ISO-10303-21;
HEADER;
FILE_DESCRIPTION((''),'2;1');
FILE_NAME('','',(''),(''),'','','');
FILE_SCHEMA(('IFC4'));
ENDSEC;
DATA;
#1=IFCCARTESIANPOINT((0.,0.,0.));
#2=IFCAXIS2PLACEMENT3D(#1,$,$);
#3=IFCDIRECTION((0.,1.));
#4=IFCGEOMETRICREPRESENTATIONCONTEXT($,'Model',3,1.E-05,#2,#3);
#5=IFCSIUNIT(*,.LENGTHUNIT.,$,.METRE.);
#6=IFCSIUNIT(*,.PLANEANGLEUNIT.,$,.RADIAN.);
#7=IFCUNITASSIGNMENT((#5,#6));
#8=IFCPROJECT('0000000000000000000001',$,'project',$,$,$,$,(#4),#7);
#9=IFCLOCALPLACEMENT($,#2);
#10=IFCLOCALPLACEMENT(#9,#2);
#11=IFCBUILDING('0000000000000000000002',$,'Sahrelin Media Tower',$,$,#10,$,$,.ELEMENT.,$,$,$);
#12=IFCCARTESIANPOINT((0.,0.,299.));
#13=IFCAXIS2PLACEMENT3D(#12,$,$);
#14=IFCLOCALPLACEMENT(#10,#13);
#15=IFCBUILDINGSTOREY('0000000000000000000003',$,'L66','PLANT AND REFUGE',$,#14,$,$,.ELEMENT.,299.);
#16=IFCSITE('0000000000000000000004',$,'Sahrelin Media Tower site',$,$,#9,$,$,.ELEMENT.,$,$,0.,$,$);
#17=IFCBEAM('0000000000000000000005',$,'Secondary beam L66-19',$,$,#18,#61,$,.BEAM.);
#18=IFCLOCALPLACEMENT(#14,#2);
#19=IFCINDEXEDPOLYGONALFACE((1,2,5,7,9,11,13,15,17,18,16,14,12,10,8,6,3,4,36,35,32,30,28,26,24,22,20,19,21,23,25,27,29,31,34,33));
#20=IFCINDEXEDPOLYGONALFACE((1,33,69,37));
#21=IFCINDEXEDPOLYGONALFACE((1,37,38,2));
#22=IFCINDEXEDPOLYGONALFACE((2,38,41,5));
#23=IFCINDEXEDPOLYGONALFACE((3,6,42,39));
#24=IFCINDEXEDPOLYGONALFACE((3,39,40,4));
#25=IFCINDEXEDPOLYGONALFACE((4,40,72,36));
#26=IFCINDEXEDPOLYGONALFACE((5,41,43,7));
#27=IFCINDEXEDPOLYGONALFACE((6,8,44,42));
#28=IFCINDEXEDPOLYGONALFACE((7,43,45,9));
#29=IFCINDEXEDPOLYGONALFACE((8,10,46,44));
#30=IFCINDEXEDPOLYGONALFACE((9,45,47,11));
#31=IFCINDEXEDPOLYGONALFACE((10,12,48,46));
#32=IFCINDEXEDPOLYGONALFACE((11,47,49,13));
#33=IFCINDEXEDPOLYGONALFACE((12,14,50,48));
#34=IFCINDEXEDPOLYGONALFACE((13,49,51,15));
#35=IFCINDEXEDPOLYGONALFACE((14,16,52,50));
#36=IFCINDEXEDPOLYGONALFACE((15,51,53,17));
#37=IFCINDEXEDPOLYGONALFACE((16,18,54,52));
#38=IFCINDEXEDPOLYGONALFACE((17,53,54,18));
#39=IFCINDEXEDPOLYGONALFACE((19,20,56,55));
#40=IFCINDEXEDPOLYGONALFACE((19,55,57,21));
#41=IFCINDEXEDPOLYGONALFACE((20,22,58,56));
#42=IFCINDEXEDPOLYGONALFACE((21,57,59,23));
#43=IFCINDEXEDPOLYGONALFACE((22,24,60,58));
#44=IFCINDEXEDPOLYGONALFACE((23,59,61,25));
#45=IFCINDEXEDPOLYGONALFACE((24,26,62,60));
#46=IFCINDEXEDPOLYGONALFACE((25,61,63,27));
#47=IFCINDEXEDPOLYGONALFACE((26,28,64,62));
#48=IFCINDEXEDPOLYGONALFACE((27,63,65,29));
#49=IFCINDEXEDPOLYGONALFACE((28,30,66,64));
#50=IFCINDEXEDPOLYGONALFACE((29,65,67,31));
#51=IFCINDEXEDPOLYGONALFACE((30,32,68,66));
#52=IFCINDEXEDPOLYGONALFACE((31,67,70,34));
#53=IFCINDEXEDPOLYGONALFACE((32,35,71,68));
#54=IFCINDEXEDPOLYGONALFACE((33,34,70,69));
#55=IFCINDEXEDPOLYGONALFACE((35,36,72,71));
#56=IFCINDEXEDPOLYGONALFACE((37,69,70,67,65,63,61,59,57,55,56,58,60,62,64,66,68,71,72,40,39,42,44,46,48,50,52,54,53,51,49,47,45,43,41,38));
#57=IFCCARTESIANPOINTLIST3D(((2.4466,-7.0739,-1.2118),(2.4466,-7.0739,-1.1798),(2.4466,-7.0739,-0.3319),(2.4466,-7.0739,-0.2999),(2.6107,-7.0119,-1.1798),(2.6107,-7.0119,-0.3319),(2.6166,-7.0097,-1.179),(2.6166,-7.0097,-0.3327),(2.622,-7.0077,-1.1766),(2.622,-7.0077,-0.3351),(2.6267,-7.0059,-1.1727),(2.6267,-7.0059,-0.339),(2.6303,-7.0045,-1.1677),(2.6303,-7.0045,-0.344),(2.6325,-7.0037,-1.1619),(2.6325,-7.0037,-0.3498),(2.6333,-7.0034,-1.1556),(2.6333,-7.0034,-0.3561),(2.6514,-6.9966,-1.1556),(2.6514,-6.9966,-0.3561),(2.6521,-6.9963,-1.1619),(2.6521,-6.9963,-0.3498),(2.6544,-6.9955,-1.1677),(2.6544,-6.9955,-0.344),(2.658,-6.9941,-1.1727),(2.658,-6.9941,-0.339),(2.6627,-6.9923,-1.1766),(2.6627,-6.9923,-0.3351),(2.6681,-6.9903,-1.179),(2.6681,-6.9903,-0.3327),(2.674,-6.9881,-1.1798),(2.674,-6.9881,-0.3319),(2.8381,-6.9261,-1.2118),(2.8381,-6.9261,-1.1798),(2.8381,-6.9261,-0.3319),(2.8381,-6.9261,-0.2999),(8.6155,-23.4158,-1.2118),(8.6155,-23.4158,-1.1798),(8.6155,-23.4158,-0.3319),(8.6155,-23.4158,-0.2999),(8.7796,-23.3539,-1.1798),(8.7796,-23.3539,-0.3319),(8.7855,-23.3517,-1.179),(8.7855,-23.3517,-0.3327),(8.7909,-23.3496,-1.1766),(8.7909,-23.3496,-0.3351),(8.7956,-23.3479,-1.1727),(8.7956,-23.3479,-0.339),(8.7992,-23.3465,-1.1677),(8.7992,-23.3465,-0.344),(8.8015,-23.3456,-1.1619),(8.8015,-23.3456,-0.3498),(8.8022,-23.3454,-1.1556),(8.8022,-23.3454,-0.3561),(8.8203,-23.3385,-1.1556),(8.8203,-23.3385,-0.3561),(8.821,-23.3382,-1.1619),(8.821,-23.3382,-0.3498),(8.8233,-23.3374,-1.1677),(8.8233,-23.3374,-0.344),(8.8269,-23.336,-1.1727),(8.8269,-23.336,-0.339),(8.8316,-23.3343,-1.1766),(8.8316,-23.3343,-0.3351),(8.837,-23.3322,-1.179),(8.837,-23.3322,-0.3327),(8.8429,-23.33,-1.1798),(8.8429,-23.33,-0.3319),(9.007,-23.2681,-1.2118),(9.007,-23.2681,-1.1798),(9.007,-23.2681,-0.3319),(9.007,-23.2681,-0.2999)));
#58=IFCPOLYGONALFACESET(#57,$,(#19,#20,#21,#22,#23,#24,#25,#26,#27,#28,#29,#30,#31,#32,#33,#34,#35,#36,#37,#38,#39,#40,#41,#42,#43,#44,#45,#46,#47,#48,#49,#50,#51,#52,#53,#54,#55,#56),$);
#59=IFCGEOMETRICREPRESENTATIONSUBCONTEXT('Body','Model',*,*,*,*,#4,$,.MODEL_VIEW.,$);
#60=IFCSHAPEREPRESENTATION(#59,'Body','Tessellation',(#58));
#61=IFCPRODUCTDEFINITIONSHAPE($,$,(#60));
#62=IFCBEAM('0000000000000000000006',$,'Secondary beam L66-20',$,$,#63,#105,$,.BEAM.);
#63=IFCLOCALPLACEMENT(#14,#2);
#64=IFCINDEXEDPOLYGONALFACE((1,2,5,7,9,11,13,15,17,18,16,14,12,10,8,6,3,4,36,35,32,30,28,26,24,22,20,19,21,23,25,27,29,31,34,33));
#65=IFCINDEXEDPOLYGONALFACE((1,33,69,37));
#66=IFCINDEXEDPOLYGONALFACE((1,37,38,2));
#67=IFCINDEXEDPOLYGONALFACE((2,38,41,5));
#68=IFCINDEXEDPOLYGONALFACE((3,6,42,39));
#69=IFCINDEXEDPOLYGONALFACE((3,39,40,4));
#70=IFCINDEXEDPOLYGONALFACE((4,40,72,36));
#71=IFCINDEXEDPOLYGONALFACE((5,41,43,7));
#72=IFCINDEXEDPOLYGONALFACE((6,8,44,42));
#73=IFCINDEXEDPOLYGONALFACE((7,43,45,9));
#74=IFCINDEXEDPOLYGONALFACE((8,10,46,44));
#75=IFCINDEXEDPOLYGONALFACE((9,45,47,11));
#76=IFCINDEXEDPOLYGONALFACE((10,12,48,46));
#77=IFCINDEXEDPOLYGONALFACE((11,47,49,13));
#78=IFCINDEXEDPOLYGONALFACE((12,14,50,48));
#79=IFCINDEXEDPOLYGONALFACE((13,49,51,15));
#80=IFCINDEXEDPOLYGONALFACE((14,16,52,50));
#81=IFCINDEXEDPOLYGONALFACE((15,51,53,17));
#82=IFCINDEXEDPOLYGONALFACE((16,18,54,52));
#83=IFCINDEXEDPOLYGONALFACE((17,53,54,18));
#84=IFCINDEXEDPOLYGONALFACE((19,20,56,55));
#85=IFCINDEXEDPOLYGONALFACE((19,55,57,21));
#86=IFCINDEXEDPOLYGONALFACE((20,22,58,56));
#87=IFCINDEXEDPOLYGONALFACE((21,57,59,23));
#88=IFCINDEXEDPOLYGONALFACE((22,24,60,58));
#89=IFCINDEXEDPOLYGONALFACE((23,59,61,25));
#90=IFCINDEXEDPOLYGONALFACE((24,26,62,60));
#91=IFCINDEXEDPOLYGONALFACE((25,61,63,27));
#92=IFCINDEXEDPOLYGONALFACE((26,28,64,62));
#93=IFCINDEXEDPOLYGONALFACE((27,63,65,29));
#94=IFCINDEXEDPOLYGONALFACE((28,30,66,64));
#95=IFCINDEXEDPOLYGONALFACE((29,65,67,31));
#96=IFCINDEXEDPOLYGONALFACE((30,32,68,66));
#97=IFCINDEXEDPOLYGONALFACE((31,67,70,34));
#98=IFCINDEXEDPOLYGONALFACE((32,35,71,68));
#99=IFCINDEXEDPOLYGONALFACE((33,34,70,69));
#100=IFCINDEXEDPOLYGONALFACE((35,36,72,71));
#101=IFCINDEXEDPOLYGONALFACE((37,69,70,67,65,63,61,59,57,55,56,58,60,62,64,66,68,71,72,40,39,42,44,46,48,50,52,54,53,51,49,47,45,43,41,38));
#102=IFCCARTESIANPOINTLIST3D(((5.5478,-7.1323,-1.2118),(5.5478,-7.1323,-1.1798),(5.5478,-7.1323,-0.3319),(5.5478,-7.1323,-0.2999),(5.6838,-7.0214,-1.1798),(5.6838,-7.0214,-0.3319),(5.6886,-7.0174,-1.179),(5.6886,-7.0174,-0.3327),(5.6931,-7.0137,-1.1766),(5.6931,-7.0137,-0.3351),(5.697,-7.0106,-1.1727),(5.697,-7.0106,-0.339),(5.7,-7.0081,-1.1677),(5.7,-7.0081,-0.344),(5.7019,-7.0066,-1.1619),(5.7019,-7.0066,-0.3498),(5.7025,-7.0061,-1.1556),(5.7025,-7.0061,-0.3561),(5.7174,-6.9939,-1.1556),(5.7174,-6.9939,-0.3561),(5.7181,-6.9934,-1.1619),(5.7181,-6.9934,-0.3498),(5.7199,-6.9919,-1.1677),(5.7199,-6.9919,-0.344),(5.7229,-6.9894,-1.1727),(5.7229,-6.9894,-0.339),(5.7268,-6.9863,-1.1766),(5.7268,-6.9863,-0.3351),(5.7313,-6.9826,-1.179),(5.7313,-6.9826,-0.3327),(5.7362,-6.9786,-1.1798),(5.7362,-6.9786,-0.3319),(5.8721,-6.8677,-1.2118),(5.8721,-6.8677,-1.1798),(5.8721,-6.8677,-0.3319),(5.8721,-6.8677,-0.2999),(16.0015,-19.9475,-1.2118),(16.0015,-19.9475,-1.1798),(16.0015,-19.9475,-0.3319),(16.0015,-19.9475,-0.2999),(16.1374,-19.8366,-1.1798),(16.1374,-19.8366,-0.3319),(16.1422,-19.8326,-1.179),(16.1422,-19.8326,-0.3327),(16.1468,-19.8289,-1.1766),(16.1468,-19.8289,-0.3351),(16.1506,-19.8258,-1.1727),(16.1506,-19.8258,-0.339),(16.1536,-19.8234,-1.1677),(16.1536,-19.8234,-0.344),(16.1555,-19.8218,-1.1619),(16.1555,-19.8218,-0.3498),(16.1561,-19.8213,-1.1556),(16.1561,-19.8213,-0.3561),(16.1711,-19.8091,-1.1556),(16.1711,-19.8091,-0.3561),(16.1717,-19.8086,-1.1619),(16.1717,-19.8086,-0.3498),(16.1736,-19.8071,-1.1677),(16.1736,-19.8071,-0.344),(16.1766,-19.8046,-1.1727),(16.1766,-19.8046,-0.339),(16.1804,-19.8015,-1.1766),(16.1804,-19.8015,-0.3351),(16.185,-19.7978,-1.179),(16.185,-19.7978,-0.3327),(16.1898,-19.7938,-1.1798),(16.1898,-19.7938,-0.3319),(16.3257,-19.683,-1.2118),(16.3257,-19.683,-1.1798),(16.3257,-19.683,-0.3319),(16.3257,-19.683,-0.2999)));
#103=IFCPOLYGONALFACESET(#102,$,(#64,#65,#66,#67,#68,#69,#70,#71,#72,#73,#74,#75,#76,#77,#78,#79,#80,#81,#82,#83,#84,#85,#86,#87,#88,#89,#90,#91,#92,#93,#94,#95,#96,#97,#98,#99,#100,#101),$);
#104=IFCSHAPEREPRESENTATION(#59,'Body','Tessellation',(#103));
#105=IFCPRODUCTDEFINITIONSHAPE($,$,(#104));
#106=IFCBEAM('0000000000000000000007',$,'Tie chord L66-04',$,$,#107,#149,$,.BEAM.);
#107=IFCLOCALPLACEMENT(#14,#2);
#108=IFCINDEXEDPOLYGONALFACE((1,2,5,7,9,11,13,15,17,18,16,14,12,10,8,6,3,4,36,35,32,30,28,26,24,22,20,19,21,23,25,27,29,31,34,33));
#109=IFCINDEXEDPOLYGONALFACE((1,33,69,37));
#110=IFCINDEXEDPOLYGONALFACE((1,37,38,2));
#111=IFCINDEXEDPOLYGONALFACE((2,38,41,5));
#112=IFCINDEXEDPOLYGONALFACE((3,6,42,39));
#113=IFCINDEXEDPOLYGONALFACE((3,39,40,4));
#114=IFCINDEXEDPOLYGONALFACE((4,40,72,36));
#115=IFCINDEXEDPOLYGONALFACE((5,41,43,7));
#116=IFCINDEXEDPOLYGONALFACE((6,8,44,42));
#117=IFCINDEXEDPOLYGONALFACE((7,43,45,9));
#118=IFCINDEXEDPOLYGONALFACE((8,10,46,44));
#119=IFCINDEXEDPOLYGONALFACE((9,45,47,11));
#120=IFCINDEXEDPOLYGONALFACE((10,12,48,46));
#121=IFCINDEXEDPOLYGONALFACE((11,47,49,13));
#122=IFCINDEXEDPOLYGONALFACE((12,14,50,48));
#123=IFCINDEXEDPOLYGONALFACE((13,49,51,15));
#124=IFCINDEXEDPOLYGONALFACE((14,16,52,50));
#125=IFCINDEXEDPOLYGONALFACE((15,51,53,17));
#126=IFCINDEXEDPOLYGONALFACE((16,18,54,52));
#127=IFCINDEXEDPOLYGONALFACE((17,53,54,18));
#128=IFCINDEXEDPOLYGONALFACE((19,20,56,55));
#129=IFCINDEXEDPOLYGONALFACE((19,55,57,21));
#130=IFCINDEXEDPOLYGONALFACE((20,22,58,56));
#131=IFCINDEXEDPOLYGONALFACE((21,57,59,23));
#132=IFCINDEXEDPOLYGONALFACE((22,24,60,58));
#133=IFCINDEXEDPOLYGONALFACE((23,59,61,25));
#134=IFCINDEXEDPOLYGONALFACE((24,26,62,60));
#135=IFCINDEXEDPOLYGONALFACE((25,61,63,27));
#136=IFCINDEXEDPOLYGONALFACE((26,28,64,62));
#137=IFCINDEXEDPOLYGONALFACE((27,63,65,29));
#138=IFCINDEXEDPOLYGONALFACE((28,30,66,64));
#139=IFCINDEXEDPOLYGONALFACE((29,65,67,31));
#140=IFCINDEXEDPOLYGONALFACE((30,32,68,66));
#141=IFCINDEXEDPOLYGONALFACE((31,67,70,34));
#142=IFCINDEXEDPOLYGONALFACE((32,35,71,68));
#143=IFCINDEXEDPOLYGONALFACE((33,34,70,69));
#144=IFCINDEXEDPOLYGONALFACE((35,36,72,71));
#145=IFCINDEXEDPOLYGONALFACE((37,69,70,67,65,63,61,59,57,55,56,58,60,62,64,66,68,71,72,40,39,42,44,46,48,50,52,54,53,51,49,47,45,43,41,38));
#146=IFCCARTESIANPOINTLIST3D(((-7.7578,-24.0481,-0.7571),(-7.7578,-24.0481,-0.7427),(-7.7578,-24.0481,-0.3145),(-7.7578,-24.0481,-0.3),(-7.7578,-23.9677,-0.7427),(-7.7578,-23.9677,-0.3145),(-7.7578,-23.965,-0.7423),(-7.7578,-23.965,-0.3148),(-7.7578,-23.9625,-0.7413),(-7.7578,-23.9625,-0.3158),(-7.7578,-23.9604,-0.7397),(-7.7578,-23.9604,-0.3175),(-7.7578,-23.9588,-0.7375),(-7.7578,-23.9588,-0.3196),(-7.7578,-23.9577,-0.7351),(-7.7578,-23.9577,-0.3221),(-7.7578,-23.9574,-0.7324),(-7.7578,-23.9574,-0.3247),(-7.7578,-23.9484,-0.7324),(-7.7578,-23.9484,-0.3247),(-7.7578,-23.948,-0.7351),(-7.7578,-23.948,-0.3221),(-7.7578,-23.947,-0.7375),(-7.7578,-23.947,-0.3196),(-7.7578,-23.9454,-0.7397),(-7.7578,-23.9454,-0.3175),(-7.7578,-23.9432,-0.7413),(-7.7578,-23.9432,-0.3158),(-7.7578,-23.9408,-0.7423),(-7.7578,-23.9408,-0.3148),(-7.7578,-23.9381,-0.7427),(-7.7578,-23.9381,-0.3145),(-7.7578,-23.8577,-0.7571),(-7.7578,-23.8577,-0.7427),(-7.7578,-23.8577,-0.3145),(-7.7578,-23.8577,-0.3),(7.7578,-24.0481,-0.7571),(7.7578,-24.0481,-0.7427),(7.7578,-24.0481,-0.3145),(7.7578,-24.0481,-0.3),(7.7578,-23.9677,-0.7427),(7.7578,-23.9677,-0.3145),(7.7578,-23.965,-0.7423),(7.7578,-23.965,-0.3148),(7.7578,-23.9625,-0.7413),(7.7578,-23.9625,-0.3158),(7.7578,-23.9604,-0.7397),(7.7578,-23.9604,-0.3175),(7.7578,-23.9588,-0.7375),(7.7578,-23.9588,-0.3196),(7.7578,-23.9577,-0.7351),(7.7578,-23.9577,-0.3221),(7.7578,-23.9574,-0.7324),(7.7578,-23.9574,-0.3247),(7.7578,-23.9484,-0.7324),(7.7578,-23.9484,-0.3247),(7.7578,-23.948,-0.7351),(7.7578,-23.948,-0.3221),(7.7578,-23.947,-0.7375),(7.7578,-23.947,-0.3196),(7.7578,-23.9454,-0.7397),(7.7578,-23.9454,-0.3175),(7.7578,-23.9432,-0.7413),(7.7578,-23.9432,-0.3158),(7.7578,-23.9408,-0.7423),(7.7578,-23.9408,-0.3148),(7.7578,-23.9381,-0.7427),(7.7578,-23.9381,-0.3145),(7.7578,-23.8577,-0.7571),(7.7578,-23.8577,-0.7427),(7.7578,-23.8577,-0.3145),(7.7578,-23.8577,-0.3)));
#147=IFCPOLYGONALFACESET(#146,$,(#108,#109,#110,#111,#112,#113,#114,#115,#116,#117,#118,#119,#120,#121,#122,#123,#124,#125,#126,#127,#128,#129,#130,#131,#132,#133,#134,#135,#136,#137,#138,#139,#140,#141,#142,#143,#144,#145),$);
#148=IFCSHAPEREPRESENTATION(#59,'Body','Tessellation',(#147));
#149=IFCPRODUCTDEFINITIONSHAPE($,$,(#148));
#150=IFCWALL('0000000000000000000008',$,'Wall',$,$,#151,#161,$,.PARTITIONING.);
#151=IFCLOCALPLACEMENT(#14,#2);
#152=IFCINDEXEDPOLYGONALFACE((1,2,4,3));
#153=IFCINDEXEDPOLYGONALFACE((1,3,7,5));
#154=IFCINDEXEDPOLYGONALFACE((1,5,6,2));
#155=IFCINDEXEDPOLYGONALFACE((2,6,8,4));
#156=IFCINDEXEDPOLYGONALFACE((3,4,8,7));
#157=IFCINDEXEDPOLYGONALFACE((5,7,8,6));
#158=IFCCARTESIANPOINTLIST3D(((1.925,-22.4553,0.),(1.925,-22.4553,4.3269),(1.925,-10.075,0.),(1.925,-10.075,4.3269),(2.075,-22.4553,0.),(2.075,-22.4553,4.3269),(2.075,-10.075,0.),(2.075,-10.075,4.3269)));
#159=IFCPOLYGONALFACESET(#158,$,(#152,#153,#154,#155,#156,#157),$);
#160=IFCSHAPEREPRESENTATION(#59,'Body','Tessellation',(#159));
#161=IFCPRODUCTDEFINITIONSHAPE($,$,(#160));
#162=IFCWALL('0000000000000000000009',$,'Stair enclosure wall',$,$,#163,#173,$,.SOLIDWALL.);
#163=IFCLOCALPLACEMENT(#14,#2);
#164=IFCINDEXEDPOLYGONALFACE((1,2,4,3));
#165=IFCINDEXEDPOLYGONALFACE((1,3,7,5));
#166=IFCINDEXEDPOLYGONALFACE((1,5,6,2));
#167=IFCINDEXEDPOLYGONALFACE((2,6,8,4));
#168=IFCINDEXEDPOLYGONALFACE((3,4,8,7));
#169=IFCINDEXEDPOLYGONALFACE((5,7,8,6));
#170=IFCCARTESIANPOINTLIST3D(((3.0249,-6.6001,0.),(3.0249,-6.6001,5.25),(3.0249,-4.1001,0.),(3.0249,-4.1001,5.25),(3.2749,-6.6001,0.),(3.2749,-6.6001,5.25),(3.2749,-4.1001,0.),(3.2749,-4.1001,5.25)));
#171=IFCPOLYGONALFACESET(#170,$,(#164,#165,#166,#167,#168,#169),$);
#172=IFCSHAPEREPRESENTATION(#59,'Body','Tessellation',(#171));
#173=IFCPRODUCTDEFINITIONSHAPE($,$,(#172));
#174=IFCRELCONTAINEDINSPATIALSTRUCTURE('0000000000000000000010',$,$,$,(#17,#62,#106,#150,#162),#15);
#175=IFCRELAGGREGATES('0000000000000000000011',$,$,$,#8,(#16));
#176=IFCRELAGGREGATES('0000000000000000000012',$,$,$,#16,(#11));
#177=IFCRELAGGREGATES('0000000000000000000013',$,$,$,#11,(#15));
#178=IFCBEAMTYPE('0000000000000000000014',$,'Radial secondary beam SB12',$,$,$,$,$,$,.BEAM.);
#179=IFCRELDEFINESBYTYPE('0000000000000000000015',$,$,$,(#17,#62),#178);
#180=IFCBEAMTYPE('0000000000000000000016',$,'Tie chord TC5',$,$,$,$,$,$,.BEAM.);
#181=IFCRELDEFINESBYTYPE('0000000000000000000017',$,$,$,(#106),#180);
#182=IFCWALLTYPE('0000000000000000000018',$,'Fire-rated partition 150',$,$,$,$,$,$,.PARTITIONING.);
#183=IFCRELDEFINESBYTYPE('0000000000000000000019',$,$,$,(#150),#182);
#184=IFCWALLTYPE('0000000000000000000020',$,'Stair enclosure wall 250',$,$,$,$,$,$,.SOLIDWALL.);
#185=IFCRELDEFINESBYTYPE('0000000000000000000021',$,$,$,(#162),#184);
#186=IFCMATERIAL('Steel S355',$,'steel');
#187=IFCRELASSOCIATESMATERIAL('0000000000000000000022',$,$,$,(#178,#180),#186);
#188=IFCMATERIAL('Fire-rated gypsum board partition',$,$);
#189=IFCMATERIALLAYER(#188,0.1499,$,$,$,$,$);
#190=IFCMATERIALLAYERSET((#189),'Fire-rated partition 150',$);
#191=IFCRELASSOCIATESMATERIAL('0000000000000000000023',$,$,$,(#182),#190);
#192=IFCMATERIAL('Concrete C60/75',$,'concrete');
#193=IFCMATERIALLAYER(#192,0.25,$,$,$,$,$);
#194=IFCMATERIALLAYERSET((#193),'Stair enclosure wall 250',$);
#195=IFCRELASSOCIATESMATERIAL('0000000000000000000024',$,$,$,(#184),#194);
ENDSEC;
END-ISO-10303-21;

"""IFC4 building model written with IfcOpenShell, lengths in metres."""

from ifc_helpers import new_model, si_unit, direction, frame, frame_2d, origin, origin_2d, place, context, subcontext, project, spatial, rectangle, i_section, extrude, material, layer, layer_set, material_profile, profile_set, type_object, element, save


model = new_model("IFC4")

# Units and contexts
model_context = context("Model", 3, precision=1e-05, world=origin(), true_north=direction((0.0, 1.0)))
body_context = subcontext(model_context, "Body", "Model", "MODEL_VIEW")
ifc_project = project(units=[si_unit("LENGTHUNIT", "METRE"), si_unit("PLANEANGLEUNIT", "RADIAN")], contexts=[model_context])

# Site, building, storey
site_placement = place(None, origin())
site = spatial("IfcSite", under=ifc_project, at=site_placement, Name="Sahrelin Media Tower site", CompositionType="ELEMENT", RefElevation=0.0)
building_placement = place(site_placement, origin())
building = spatial("IfcBuilding", under=site, at=building_placement, Name="Sahrelin Media Tower", CompositionType="ELEMENT")
storey_placement = place(building_placement, frame((0.0, 0.0, 299.0)))
storey = spatial("IfcBuildingStorey", under=building, at=storey_placement, Name="L66", Description="PLANT AND REFUGE", CompositionType="ELEMENT", Elevation=299.0)

# Beams
ifc_material_1 = material(Name="Steel S355", Category="steel")
ifc_material_profile_1 = material_profile(ifc_material_1, i_section(OverallWidth=0.4185, OverallDepth=0.9119, WebThickness=0.0193, FlangeThickness=0.032, FilletRadius=0.0242, at=origin_2d()), Name="UB 914x419x343")
ifc_profile_set_1 = profile_set([ifc_material_profile_1], Name="Steel S355")
beam_type_1 = type_object("IfcBeamType", Name="Radial secondary beam SB12", PredefinedType="BEAM", material=ifc_profile_set_1)
beam_1_placement = place(storey_placement, frame((2.6423, -7.0, -0.7559), z_axis=(0.353164, -0.935561, 0.0), x_axis=(0.935561, 0.353164, 0.0)))
element("IfcBeam", 1, at=beam_1_placement, inside=storey, type_object=beam_type_1, Name="Secondary beam L66-19", PredefinedType="BEAM", context=body_context, shape_type="SweptSolid", body=[
    extrude(i_section(OverallWidth=0.4185, OverallDepth=0.9119, WebThickness=0.0193, FlangeThickness=0.032, FilletRadius=0.0242, at=origin_2d()), origin(), (0.0, 0.0, 1.0), 17.4675),
])
beam_2_placement = place(storey_placement, frame((5.71, -7.0, -0.7559), z_axis=(0.632095, -0.774891, 0.0), x_axis=(0.774891, 0.632095, 0.0)))
element("IfcBeam", 2, at=beam_2_placement, inside=storey, type_object=beam_type_1, Name="Secondary beam L66-20", PredefinedType="BEAM", context=body_context, shape_type="SweptSolid", body=[
    extrude(i_section(OverallWidth=0.4185, OverallDepth=0.9119, WebThickness=0.0193, FlangeThickness=0.032, FilletRadius=0.0242, at=origin_2d()), origin(), (0.0, 0.0, 1.0), 16.5381),
])
ifc_material_profile_2 = material_profile(ifc_material_1, i_section(OverallWidth=0.1904, OverallDepth=0.457, WebThickness=0.009, FlangeThickness=0.0144, FilletRadius=0.0103, at=origin_2d()), Name="UB 457x191x74")
ifc_profile_set_2 = profile_set([ifc_material_profile_2], Name="Steel S355")
beam_type_2 = type_object("IfcBeamType", Name="Tie chord TC5", PredefinedType="BEAM", material=ifc_profile_set_2)
beam_3_placement = place(storey_placement, frame((7.7578, -23.9529, -0.5286), z_axis=(-1.0, 0.0, 0.0), x_axis=(0.0, -1.0, 0.0)))
element("IfcBeam", 3, at=beam_3_placement, inside=storey, type_object=beam_type_2, Name="Tie chord L66-04", PredefinedType="BEAM", context=body_context, shape_type="SweptSolid", body=[
    extrude(i_section(OverallWidth=0.1904, OverallDepth=0.457, WebThickness=0.009, FlangeThickness=0.0144, FilletRadius=0.0103, at=origin_2d()), origin(), (0.0, 0.0, 1.0), 15.5156),
])

# Walls
ifc_material_2 = material(Name="Fire-rated gypsum board partition")
ifc_layer_1 = layer(ifc_material_2, 0.1499)
ifc_layer_set_1 = layer_set([ifc_layer_1], Name="Fire-rated partition 150")
wall_type_1 = type_object("IfcWallType", Name="Fire-rated partition 150", PredefinedType="PARTITIONING", material=ifc_layer_set_1)
wall_1_placement = place(storey_placement, frame((2.0, -10.075, 0.0), z_axis=(0.0, 0.0, 1.0), x_axis=(0.0, -1.0, 0.0)))
element("IfcWall", 4, at=wall_1_placement, inside=storey, type_object=wall_type_1, Name="Wall", PredefinedType="PARTITIONING", context=body_context, shape_type="SweptSolid", body=[
    extrude(rectangle(XDim=12.3804, YDim=0.1499, at=frame_2d((6.1902, 0.0))), origin(), (0.0, 0.0, 1.0), 4.3269),
])
ifc_material_3 = material(Name="Concrete C60/75", Category="concrete")
ifc_layer_2 = layer(ifc_material_3, 0.25)
ifc_layer_set_2 = layer_set([ifc_layer_2], Name="Stair enclosure wall 250")
wall_type_2 = type_object("IfcWallType", Name="Stair enclosure wall 250", PredefinedType="SOLIDWALL", material=ifc_layer_set_2)
wall_2_placement = place(storey_placement, frame((3.1499, -6.6001, 0.0), z_axis=(0.0, 0.0, 1.0), x_axis=(0.0, 1.0, 0.0)))
element("IfcWall", 5, at=wall_2_placement, inside=storey, type_object=wall_type_2, Name="Stair enclosure wall", PredefinedType="SOLIDWALL", context=body_context, shape_type="SweptSolid", body=[
    extrude(rectangle(XDim=2.5, YDim=0.25, at=frame_2d((1.25, 0.0))), origin(), (0.0, 0.0, 1.0), 5.25),
])

save(model, "model.ifc")
